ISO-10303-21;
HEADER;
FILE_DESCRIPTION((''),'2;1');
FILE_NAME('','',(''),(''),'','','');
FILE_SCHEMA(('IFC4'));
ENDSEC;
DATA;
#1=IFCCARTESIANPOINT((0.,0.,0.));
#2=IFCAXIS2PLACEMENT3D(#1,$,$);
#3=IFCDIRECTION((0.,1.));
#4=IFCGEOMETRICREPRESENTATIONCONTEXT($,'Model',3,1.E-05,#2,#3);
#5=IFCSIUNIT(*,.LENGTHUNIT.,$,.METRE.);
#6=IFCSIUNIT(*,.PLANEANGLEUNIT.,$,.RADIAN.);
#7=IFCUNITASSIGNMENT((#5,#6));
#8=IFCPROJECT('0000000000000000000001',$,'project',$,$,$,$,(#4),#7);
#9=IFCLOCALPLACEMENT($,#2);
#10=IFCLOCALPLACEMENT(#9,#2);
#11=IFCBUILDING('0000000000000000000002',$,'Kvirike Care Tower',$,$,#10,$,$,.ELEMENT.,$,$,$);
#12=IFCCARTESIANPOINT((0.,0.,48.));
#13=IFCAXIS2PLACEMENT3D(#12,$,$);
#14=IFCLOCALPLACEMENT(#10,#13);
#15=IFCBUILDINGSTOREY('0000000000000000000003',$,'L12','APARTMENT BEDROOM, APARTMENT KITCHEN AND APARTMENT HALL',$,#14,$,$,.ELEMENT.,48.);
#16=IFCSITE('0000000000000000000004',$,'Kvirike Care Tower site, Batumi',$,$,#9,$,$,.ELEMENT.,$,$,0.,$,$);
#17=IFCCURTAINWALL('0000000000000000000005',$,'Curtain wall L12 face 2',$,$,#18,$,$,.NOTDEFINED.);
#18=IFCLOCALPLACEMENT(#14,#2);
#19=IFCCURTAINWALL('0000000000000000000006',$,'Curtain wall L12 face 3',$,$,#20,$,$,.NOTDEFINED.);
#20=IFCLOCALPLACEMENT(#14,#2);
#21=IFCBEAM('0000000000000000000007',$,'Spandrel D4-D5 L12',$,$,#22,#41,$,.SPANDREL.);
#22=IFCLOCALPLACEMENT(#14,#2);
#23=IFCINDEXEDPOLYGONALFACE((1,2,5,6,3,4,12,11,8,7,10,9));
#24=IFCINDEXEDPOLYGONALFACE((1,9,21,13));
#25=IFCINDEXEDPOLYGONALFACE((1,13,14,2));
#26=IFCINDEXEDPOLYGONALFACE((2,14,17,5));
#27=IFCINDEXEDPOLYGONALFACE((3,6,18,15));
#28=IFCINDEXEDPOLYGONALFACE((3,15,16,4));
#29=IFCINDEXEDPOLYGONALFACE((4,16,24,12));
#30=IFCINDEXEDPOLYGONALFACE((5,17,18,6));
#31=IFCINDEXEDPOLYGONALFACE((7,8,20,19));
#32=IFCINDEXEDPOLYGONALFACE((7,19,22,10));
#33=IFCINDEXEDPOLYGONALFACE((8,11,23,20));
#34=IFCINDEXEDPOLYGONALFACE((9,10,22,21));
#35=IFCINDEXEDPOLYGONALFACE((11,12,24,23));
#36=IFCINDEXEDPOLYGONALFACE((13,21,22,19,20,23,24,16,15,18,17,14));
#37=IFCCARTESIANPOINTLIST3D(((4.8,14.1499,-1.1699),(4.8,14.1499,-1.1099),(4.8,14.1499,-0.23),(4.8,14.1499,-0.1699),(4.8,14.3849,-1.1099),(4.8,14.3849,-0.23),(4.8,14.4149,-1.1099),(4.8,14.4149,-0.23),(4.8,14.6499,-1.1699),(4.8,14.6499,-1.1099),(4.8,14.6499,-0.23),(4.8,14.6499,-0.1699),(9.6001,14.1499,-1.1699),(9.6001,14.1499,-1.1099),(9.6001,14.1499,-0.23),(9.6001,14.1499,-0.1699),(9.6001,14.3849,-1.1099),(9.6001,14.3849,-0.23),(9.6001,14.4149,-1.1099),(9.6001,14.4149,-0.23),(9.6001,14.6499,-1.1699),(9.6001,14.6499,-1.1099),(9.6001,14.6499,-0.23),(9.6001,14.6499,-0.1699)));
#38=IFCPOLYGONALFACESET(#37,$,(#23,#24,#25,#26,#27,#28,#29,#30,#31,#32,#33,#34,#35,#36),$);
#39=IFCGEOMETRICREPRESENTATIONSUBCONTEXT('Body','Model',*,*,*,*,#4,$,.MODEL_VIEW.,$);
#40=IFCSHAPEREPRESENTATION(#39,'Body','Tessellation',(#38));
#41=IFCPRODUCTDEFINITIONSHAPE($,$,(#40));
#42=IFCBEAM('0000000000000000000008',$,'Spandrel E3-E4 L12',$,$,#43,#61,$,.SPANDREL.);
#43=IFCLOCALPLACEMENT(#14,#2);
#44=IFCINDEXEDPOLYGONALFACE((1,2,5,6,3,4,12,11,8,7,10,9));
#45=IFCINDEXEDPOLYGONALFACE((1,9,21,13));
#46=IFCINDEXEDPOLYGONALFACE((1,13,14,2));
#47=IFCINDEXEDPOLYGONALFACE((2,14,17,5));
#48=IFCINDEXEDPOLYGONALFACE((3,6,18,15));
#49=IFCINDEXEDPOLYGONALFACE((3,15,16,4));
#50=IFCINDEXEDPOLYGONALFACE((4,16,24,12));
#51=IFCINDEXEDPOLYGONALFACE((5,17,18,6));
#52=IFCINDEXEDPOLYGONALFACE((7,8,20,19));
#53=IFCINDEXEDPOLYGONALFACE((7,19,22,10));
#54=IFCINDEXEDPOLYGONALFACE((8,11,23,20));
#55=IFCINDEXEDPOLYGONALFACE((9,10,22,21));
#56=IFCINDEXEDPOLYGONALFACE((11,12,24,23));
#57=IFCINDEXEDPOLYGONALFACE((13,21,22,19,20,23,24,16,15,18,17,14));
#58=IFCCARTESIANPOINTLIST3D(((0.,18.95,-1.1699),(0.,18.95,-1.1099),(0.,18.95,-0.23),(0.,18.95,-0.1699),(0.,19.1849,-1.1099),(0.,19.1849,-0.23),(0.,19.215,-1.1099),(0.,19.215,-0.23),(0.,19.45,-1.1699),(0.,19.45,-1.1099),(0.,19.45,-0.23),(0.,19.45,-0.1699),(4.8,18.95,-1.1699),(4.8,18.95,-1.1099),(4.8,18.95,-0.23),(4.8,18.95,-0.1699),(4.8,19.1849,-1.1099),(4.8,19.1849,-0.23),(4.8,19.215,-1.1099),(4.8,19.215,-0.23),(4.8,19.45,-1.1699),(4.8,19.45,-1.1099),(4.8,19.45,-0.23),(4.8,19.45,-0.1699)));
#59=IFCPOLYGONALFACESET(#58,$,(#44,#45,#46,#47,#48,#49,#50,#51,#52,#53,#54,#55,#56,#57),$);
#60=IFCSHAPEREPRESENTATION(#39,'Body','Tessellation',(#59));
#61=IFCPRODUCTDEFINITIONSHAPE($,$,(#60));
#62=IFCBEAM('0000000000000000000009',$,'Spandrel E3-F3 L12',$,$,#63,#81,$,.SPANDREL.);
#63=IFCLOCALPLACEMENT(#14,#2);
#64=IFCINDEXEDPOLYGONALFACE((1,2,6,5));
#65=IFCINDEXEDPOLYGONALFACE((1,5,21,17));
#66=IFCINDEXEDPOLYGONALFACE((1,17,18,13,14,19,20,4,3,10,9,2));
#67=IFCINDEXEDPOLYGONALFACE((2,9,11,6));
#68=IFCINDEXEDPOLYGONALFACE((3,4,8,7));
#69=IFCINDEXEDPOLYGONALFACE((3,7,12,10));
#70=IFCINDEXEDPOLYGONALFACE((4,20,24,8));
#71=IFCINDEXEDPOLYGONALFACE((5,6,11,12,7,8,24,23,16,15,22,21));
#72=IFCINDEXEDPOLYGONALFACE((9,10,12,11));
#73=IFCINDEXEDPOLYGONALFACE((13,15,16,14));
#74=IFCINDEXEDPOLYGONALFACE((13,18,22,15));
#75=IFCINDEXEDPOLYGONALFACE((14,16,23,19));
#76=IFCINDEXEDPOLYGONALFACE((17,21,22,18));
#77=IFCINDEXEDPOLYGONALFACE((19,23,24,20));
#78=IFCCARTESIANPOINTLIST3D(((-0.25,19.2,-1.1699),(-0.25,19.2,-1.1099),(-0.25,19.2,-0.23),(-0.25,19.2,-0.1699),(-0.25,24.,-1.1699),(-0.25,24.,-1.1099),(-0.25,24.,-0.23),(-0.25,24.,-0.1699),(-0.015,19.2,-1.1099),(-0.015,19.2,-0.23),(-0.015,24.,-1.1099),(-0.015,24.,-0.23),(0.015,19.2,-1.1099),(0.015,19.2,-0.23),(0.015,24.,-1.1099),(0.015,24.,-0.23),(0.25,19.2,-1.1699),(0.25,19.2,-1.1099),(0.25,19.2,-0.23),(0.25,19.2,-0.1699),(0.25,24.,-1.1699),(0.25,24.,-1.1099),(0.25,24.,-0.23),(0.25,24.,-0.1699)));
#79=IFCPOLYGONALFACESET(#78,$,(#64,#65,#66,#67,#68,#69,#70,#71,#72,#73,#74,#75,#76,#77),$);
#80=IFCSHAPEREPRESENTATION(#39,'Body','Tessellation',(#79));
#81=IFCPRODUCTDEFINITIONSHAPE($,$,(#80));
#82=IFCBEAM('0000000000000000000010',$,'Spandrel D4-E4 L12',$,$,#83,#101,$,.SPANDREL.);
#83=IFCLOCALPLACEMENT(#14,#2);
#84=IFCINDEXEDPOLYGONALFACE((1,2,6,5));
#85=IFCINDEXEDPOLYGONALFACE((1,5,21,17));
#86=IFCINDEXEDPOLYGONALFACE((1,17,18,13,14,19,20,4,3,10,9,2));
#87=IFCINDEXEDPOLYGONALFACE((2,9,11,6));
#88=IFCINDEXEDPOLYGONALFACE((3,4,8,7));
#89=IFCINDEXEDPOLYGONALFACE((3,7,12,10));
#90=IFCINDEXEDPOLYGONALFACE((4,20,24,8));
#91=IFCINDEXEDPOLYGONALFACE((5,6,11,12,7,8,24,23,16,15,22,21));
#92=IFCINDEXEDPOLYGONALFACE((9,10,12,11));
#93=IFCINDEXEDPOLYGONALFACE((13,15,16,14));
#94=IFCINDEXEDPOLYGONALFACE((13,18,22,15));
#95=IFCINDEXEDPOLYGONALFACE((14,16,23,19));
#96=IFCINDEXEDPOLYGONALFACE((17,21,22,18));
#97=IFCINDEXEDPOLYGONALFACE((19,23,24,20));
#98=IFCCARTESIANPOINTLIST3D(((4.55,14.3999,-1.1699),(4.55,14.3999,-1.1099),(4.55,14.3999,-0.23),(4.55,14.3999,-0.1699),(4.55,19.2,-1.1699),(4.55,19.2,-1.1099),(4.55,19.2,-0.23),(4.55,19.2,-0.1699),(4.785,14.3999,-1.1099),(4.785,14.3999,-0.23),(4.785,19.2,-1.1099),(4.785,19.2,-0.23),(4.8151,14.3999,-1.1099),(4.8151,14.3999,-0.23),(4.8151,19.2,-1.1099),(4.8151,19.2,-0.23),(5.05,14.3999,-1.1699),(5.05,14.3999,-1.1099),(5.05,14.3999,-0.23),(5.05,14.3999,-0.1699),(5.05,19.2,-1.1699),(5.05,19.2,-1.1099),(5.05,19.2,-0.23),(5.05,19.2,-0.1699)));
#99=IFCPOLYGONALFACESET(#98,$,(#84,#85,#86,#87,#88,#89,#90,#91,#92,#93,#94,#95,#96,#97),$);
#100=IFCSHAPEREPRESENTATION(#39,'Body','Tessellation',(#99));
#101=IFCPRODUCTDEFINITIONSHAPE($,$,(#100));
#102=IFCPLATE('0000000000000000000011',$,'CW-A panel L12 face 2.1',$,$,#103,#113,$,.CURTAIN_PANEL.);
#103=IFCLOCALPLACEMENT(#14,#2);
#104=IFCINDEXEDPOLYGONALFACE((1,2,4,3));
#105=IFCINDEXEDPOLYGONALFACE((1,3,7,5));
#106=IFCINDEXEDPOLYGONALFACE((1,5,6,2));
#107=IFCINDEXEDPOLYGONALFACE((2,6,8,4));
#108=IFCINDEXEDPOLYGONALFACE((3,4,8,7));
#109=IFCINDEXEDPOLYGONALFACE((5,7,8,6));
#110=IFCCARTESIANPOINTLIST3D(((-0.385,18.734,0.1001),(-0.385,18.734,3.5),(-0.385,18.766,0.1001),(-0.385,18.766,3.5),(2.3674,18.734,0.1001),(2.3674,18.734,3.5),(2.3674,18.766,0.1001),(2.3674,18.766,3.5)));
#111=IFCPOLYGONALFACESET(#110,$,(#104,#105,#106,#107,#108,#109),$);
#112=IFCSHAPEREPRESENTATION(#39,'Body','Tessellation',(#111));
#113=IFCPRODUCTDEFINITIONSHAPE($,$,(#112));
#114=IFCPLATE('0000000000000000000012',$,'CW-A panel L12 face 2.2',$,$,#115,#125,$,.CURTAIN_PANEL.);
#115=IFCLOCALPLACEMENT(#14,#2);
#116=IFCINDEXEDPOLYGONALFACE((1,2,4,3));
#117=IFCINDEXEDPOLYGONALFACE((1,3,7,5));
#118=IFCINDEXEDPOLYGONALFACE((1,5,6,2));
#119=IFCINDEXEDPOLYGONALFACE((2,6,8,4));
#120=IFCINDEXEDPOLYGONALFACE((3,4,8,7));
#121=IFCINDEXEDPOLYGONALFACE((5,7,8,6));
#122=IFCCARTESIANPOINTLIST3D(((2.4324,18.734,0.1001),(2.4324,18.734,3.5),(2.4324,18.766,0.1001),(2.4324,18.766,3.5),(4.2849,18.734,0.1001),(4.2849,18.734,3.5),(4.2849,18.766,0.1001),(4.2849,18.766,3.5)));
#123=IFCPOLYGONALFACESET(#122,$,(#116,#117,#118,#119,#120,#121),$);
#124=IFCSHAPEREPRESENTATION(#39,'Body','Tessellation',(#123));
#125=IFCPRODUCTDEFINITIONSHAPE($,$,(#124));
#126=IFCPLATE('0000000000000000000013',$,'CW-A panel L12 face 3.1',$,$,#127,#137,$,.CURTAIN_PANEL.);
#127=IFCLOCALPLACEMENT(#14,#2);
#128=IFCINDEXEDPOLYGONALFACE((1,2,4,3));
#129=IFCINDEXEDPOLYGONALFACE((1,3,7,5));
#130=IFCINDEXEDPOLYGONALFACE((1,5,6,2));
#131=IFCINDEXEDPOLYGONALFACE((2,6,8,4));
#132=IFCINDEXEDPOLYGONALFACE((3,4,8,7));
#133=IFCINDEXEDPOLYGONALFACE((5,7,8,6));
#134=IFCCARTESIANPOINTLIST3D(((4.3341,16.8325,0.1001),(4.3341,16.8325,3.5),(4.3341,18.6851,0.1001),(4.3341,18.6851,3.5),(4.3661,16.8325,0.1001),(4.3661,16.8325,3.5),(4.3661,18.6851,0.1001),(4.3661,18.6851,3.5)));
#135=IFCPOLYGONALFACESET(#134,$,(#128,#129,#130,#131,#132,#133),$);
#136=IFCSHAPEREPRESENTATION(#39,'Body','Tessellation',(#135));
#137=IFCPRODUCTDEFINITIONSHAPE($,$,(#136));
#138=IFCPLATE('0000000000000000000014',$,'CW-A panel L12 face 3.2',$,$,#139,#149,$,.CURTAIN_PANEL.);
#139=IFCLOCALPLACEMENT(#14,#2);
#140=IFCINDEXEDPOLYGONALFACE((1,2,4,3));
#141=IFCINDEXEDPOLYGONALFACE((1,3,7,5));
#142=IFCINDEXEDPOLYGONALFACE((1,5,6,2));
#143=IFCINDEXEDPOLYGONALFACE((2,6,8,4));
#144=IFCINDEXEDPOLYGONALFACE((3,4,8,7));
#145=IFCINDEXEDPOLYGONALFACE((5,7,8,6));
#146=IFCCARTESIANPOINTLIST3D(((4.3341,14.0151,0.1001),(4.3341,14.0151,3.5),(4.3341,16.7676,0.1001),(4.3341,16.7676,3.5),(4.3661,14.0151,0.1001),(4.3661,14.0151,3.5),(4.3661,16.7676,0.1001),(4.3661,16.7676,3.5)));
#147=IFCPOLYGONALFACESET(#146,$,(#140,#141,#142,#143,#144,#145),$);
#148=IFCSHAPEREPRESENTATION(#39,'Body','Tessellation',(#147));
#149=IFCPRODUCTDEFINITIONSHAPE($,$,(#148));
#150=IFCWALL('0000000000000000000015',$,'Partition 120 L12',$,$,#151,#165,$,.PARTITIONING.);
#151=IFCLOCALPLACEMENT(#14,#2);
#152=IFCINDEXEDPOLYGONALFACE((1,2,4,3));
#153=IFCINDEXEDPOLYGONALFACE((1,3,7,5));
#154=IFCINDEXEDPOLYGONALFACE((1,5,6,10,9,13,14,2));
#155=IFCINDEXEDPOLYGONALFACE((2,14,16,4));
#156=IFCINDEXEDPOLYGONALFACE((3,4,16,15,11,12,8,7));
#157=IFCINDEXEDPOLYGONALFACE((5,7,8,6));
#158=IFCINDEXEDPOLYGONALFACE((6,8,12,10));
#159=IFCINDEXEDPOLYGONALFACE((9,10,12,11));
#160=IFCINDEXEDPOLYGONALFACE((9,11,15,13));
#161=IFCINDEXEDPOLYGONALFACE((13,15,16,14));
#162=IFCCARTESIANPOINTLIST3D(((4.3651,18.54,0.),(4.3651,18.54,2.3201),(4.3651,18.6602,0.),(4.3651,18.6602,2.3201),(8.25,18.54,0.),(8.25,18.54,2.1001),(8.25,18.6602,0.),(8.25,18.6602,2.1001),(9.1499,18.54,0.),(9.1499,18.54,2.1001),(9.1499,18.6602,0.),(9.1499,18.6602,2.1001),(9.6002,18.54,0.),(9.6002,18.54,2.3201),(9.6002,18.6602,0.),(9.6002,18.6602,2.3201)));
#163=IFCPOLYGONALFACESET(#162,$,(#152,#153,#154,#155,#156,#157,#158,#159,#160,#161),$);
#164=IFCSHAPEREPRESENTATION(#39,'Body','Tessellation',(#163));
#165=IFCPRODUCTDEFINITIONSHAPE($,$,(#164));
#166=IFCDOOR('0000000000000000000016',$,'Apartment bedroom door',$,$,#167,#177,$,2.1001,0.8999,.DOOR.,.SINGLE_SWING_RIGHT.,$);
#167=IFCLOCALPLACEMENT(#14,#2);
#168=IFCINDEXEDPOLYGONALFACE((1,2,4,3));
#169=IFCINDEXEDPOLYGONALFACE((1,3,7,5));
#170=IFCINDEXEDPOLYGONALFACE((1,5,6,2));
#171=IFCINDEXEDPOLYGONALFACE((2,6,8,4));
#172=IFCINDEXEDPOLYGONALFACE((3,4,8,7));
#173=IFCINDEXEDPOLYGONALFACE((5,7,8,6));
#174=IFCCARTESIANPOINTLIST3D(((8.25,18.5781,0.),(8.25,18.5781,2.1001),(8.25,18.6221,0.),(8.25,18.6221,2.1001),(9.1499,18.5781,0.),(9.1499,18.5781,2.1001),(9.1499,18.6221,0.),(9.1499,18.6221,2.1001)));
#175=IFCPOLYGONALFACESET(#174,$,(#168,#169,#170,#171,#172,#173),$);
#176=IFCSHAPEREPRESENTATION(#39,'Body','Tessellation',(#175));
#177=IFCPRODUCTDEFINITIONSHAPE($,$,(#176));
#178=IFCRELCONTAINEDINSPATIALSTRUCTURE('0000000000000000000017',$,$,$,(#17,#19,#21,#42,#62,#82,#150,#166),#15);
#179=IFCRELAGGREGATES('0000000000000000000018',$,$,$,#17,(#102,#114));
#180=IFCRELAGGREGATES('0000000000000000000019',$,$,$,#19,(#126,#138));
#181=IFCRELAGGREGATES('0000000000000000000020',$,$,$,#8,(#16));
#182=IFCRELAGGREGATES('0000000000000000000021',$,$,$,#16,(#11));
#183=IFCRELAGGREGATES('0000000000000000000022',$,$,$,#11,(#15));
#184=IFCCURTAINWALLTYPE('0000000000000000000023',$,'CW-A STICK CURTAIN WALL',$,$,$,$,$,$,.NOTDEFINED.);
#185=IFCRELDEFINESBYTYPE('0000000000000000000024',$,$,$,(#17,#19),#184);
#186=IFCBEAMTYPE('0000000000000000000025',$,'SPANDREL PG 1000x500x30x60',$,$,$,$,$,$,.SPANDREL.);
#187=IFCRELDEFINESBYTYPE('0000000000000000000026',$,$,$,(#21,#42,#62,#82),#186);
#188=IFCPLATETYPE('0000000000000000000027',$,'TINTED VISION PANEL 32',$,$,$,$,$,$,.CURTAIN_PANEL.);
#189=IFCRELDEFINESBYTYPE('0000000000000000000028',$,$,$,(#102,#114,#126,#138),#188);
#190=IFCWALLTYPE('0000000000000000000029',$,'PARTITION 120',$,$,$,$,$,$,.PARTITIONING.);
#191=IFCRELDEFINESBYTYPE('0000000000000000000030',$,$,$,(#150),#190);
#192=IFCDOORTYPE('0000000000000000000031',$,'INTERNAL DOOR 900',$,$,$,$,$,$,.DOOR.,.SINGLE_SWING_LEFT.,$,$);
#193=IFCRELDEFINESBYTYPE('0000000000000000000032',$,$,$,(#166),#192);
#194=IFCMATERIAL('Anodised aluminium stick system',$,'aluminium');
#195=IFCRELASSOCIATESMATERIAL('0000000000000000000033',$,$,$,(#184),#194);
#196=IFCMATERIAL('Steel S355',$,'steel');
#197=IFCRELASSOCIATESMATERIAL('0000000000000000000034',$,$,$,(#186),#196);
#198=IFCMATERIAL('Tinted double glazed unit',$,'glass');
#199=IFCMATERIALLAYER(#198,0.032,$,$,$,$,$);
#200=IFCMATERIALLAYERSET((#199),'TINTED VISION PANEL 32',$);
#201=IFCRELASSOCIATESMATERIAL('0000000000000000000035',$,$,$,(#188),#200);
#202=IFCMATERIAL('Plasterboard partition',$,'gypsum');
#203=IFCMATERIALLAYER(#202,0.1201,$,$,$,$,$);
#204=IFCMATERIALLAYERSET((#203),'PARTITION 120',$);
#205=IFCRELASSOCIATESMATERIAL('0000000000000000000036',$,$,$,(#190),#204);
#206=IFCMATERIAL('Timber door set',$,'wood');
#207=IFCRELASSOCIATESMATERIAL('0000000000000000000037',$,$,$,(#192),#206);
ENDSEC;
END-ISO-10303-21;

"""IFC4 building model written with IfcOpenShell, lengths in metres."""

from ifc_helpers import new_model, si_unit, direction, frame, frame_2d, origin, origin_2d, place, context, subcontext, project, spatial, rectangle, i_section, extrude, material, layer, layer_set, material_profile, profile_set, type_object, element, fill, aggregate, save


model = new_model("IFC4")

# Units and contexts
model_context = context("Model", 3, precision=1e-05, world=origin(), true_north=direction((0.0, 1.0)))
body_context = subcontext(model_context, "Body", "Model", "MODEL_VIEW")
ifc_project = project(units=[si_unit("LENGTHUNIT", "METRE"), si_unit("PLANEANGLEUNIT", "RADIAN")], contexts=[model_context])

# Site, building, storey
site_placement = place(None, origin())
site = spatial("IfcSite", under=ifc_project, at=site_placement, Name="Kvirike Care Tower site, Batumi", CompositionType="ELEMENT", RefElevation=0.0)
building_placement = place(site_placement, origin())
building = spatial("IfcBuilding", under=site, at=building_placement, Name="Kvirike Care Tower", CompositionType="ELEMENT")
storey_placement = place(building_placement, frame((0.0, 0.0, 48.0)))
storey = spatial("IfcBuildingStorey", under=building, at=storey_placement, Name="L12", Description="APARTMENT BEDROOM, APARTMENT KITCHEN AND APARTMENT HALL", CompositionType="ELEMENT", Elevation=48.0)

# Shared definitions
ifc_material_1 = material(Name="Anodised aluminium stick system", Category="aluminium")
curtain_wall_type = type_object("IfcCurtainWallType", Name="CW-A STICK CURTAIN WALL", PredefinedType="NOTDEFINED", material=ifc_material_1)

# Curtain walls
curtain_wall_1_placement = place(storey_placement, origin())
curtain_wall_1 = element("IfcCurtainWall", 1, at=curtain_wall_1_placement, inside=storey, type_object=curtain_wall_type, Name="Curtain wall L12 face 2", PredefinedType="NOTDEFINED")
curtain_wall_2_placement = place(storey_placement, origin())
curtain_wall_2 = element("IfcCurtainWall", 2, at=curtain_wall_2_placement, inside=storey, type_object=curtain_wall_type, Name="Curtain wall L12 face 3", PredefinedType="NOTDEFINED")

# Beams
ifc_material_2 = material(Name="Steel S355", Category="steel")
ifc_material_profile_1 = material_profile(ifc_material_2, i_section(OverallWidth=0.5, OverallDepth=1.0, WebThickness=0.03, FlangeThickness=0.0601, at=origin_2d()), Name="PG 1000x500x30x60")
ifc_profile_set_1 = profile_set([ifc_material_profile_1], Name="Steel S355")
beam_type = type_object("IfcBeamType", Name="SPANDREL PG 1000x500x30x60", PredefinedType="SPANDREL", material=ifc_profile_set_1)
for number, where, z_axis, x_axis, name in (
    (3, (4.8, 14.3999, -0.6699), (1.0, 0.0, 0.0), (0.0, 1.0, 0.0), "Spandrel D4-D5 L12"),
    (4, (0.0, 19.2, -0.6699), (1.0, 0.0, 0.0), (0.0, 1.0, 0.0), "Spandrel E3-E4 L12"),
    (5, (0.0, 19.2, -0.6699), (0.0, 1.0, 0.0), (-1.0, 0.0, 0.0), "Spandrel E3-F3 L12"),
    (6, (4.8, 14.3999, -0.6699), (0.0, 1.0, 0.0), (-1.0, 0.0, 0.0), "Spandrel D4-E4 L12"),
):
    element("IfcBeam", number, at=place(storey_placement, frame(where, z_axis=z_axis, x_axis=x_axis)), inside=storey, type_object=beam_type, Name=name, PredefinedType="SPANDREL", context=body_context, shape_type="SweptSolid", body=[
        extrude(i_section(OverallWidth=0.5, OverallDepth=1.0, WebThickness=0.03, FlangeThickness=0.0601, at=origin_2d()), origin(), (0.0, 0.0, 1.0), 4.8),
    ])

# Plates
ifc_material_3 = material(Name="Tinted double glazed unit", Category="glass")
ifc_layer_1 = layer(ifc_material_3, 0.032)
ifc_layer_set_1 = layer_set([ifc_layer_1], Name="TINTED VISION PANEL 32")
plate_type = type_object("IfcPlateType", Name="TINTED VISION PANEL 32", PredefinedType="CURTAIN_PANEL", material=ifc_layer_set_1)
plate_1_placement = place(storey_placement, frame((0.9912, 18.75, 0.1001), z_axis=(0.0, 0.0, 1.0), x_axis=(1.0, 0.0, 0.0)))
plate_1 = element("IfcPlate", 7, at=plate_1_placement, type_object=plate_type, Name="CW-A panel L12 face 2.1", PredefinedType="CURTAIN_PANEL", context=body_context, shape_type="SweptSolid", body=[
    extrude(rectangle(XDim=2.7524, YDim=0.032, at=origin_2d()), origin(), (0.0, 0.0, 1.0), 3.3999),
])
plate_2_placement = place(storey_placement, frame((3.3586, 18.75, 0.1001), z_axis=(0.0, 0.0, 1.0), x_axis=(1.0, 0.0, 0.0)))
plate_2 = element("IfcPlate", 8, at=plate_2_placement, type_object=plate_type, Name="CW-A panel L12 face 2.2", PredefinedType="CURTAIN_PANEL", context=body_context, shape_type="SweptSolid", body=[
    extrude(rectangle(XDim=1.8525, YDim=0.032, at=origin_2d()), origin(), (0.0, 0.0, 1.0), 3.3999),
])
aggregate(curtain_wall_1, [plate_1, plate_2])
plate_3_placement = place(storey_placement, frame((4.3501, 17.7588, 0.1001), z_axis=(0.0, 0.0, 1.0), x_axis=(0.0, -1.0, 0.0)))
plate_3 = element("IfcPlate", 9, at=plate_3_placement, type_object=plate_type, Name="CW-A panel L12 face 3.1", PredefinedType="CURTAIN_PANEL", context=body_context, shape_type="SweptSolid", body=[
    extrude(rectangle(XDim=1.8525, YDim=0.032, at=origin_2d()), origin(), (0.0, 0.0, 1.0), 3.3999),
])
plate_4_placement = place(storey_placement, frame((4.3501, 15.3914, 0.1001), z_axis=(0.0, 0.0, 1.0), x_axis=(0.0, -1.0, 0.0)))
plate_4 = element("IfcPlate", 10, at=plate_4_placement, type_object=plate_type, Name="CW-A panel L12 face 3.2", PredefinedType="CURTAIN_PANEL", context=body_context, shape_type="SweptSolid", body=[
    extrude(rectangle(XDim=2.7524, YDim=0.032, at=origin_2d()), origin(), (0.0, 0.0, 1.0), 3.3999),
])
aggregate(curtain_wall_2, [plate_3, plate_4])

# Wall, opening, door
ifc_material_4 = material(Name="Plasterboard partition", Category="gypsum")
ifc_layer_2 = layer(ifc_material_4, 0.1201)
ifc_layer_set_2 = layer_set([ifc_layer_2], Name="PARTITION 120")
wall_type = type_object("IfcWallType", Name="PARTITION 120", PredefinedType="PARTITIONING", material=ifc_layer_set_2)
wall_placement = place(storey_placement, frame((4.365, 18.6001, 0.0), z_axis=(0.0, 0.0, 1.0), x_axis=(1.0, 0.0, 0.0)))
wall = element("IfcWall", 11, at=wall_placement, inside=storey, type_object=wall_type, Name="Partition 120 L12", PredefinedType="PARTITIONING", context=body_context, shape_type="SweptSolid", body=[
    extrude(rectangle(XDim=5.2351, YDim=0.1201, at=frame_2d((2.6177, 0.0))), origin(), (0.0, 0.0, 1.0), 2.3201),
])
opening_placement = place(wall_placement, frame((3.885, 0.0, 0.0)))
opening = element("IfcOpeningElement", 12, at=opening_placement, cuts=wall, PredefinedType="OPENING", context=body_context, shape_type="SweptSolid", body=[
    extrude(rectangle(XDim=0.8999, YDim=2.1001, at=frame_2d((0.45, 1.05))), frame((0.0, 0.0706, 0.0), z_axis=(0.0, -1.0, 0.0), x_axis=(1.0, 0.0, 0.0)), (0.0, 0.0, 1.0), 0.1411),
])
ifc_material_5 = material(Name="Timber door set", Category="wood")
door_type = type_object("IfcDoorType", Name="INTERNAL DOOR 900", OperationType="SINGLE_SWING_LEFT", PredefinedType="DOOR", material=ifc_material_5)
door_placement = place(opening_placement, frame((0.8999, 0.0, 0.0), z_axis=(0.0, 0.0, 1.0), x_axis=(-1.0, 0.0, 0.0)))
door = element("IfcDoor", 13, at=door_placement, inside=storey, type_object=door_type, Name="Apartment bedroom door", OperationType="SINGLE_SWING_RIGHT", OverallHeight=2.1001, OverallWidth=0.8999, PredefinedType="DOOR", context=body_context, shape_type="SweptSolid", body=[
    extrude(rectangle(XDim=0.8999, YDim=2.1001, at=frame_2d((0.45, 1.05))), frame((0.0, 0.022, 0.0), z_axis=(0.0, -1.0, 0.0), x_axis=(1.0, 0.0, 0.0)), (0.0, 0.0, 1.0), 0.0439),
])
fill(opening, door)

save(model, "model.ifc")
